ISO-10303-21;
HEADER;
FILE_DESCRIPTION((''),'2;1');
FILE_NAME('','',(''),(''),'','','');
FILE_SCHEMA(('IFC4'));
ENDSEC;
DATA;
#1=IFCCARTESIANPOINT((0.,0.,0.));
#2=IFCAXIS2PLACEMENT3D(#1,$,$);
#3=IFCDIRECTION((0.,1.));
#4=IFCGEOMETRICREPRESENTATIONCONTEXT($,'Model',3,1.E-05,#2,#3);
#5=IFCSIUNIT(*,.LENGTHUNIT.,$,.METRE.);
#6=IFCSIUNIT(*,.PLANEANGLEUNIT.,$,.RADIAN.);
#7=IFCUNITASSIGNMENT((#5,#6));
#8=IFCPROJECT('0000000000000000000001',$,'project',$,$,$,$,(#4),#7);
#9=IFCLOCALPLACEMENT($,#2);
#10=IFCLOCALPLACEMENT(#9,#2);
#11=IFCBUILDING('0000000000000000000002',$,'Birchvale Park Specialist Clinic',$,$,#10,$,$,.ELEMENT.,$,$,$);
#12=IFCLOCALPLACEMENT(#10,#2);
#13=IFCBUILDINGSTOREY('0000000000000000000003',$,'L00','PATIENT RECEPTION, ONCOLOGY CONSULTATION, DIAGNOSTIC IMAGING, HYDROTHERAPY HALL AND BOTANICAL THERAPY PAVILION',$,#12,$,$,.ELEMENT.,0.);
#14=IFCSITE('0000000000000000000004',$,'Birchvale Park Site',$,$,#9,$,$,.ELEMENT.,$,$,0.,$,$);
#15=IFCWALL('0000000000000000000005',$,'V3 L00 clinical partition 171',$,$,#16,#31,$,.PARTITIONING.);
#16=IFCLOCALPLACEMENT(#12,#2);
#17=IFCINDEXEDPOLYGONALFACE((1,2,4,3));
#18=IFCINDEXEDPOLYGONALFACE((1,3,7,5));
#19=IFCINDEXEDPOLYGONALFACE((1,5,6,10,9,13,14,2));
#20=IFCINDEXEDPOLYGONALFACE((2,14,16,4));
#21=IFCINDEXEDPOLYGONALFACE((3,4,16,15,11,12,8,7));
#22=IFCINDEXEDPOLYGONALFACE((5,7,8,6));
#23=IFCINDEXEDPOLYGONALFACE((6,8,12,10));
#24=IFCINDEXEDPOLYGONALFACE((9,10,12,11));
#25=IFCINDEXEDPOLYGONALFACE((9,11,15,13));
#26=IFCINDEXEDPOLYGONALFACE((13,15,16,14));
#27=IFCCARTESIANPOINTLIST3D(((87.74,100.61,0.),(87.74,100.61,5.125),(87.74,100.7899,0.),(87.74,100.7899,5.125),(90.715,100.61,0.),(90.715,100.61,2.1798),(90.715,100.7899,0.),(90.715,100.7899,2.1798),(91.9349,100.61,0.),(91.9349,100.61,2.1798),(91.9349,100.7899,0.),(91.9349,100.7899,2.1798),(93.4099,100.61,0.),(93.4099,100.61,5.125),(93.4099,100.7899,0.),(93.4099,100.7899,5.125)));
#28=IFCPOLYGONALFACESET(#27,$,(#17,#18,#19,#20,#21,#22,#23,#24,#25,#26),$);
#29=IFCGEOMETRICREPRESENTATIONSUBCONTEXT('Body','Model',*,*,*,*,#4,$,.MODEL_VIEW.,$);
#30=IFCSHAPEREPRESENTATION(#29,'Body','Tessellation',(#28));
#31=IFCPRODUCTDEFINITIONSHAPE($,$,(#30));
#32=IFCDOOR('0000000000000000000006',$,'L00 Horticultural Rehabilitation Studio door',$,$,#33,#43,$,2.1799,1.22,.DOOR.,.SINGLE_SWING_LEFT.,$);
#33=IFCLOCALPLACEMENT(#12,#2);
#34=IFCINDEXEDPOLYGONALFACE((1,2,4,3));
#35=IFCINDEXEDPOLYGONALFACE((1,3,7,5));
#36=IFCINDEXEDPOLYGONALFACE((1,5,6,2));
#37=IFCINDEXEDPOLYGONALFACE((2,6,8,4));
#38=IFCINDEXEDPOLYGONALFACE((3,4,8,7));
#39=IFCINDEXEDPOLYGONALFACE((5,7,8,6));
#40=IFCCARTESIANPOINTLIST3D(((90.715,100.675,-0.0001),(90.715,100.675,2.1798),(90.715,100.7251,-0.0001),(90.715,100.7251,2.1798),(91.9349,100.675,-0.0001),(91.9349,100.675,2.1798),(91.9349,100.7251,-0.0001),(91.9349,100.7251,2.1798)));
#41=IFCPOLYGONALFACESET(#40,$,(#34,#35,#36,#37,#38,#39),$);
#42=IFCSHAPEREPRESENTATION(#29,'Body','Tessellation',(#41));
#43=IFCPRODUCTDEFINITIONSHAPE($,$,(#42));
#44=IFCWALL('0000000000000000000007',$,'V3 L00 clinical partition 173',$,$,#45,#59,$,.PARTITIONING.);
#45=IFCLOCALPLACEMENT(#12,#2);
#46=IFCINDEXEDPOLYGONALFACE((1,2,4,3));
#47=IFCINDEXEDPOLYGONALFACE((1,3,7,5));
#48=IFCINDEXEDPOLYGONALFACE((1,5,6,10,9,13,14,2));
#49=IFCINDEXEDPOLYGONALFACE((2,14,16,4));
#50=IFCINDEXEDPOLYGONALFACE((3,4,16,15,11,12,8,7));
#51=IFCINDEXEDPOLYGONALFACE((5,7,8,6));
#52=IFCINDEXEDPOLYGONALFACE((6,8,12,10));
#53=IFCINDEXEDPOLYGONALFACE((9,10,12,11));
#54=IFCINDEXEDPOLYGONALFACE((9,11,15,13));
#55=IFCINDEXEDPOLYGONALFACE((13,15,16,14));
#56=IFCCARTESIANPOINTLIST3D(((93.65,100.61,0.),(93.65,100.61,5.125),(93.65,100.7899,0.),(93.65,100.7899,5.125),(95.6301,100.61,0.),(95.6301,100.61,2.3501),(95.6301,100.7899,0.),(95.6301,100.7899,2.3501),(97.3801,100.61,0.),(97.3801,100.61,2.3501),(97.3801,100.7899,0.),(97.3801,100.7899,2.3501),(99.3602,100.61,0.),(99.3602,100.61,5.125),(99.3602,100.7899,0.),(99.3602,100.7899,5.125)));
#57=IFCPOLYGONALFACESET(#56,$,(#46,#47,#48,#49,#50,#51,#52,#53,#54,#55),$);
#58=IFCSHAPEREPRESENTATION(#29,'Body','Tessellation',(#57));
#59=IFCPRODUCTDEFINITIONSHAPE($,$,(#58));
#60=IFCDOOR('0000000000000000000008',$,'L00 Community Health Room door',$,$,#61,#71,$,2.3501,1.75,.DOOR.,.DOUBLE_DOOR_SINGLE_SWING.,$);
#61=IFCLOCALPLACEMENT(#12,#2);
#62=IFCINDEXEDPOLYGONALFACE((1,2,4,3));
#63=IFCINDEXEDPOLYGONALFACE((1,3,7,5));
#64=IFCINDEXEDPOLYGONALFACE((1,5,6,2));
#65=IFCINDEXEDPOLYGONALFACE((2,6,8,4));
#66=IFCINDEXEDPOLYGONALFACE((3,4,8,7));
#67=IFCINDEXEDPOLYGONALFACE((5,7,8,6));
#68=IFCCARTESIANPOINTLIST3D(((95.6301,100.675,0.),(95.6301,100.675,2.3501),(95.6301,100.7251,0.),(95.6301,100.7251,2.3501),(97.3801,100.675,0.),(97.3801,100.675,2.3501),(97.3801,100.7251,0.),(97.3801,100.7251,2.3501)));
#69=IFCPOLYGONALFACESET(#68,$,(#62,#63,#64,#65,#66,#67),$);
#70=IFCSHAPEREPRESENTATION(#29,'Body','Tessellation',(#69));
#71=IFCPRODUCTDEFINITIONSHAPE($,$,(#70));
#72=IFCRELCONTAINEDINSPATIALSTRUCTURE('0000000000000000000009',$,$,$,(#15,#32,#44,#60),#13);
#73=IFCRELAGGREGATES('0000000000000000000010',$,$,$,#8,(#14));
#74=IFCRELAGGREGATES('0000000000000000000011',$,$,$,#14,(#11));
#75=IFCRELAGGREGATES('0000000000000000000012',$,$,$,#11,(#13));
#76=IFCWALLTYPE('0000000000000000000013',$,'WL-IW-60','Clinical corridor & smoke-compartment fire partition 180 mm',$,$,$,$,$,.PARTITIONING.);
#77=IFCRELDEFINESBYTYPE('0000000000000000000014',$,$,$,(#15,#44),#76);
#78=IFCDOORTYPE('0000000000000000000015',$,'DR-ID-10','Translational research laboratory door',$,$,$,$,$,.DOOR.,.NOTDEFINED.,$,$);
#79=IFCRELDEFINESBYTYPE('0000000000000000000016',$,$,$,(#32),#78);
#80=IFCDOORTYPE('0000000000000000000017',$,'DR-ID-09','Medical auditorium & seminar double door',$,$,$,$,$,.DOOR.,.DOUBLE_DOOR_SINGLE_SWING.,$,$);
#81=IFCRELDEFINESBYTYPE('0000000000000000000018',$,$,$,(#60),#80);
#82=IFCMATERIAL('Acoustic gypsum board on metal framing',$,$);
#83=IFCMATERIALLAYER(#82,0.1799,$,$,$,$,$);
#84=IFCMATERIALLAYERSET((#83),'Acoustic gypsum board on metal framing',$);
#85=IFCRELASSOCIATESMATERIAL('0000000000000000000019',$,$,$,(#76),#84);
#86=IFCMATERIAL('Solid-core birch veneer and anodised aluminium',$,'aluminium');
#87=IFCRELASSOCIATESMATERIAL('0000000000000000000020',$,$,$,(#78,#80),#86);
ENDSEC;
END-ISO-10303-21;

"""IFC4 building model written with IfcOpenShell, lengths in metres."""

from ifc_helpers import new_model, si_unit, direction, frame, frame_2d, origin, place, context, subcontext, project, spatial, rectangle, extrude, material, layer, layer_set, type_object, element, fill, save


model = new_model("IFC4")

# Units and contexts
model_context = context("Model", 3, precision=1e-05, world=origin(), true_north=direction((0.0, 1.0)))
body_context = subcontext(model_context, "Body", "Model", "MODEL_VIEW")
ifc_project = project(units=[si_unit("LENGTHUNIT", "METRE"), si_unit("PLANEANGLEUNIT", "RADIAN")], contexts=[model_context])

# Site, building, storey
site_placement = place(None, origin())
site = spatial("IfcSite", under=ifc_project, at=site_placement, Name="Birchvale Park Site", CompositionType="ELEMENT", RefElevation=0.0)
building_placement = place(site_placement, origin())
building = spatial("IfcBuilding", under=site, at=building_placement, Name="Birchvale Park Specialist Clinic", CompositionType="ELEMENT")
storey_placement = place(building_placement, origin())
storey = spatial("IfcBuildingStorey", under=building, at=storey_placement, Name="L00", Description="PATIENT RECEPTION, ONCOLOGY CONSULTATION, DIAGNOSTIC IMAGING, HYDROTHERAPY HALL AND BOTANICAL THERAPY PAVILION", CompositionType="ELEMENT", Elevation=0.0)

# Shared definitions
ifc_material_1 = material(Name="Acoustic gypsum board on metal framing")

# Walls, openings, doors
ifc_layer_1 = layer(ifc_material_1, 0.1799)
ifc_layer_set_1 = layer_set([ifc_layer_1], Name="Acoustic gypsum board on metal framing")
wall_type_1 = type_object("IfcWallType", Name="WL-IW-60", Description="Clinical corridor & smoke-compartment fire partition 180 mm", PredefinedType="PARTITIONING", material=ifc_layer_set_1)
ifc_material_2 = material(Name="Solid-core birch veneer and anodised aluminium", Category="aluminium")
wall_1_placement = place(storey_placement, frame((93.4099, 100.7, 0.0), z_axis=(0.0, 0.0, 1.0), x_axis=(-1.0, 0.0, 0.0)))
wall_1 = element("IfcWall", 1, at=wall_1_placement, inside=storey, type_object=wall_type_1, Name="V3 L00 clinical partition 171", PredefinedType="PARTITIONING", context=body_context, shape_type="SweptSolid", body=[
    extrude(rectangle(XDim=5.6699, YDim=0.1799, at=frame_2d((2.835, 0.0))), origin(), (0.0, 0.0, 1.0), 5.125),
])
opening_1_placement = place(wall_1_placement, frame((1.4751, 0.0, 0.0)))
opening_1 = element("IfcOpeningElement", 2, at=opening_1_placement, cuts=wall_1, PredefinedType="OPENING", context=body_context, shape_type="SweptSolid", body=[
    extrude(rectangle(XDim=1.22, YDim=2.1799, at=frame_2d((0.6099, 1.0898))), frame((0.0, 0.1001, 0.0), z_axis=(0.0, -1.0, 0.0), x_axis=(1.0, 0.0, 0.0)), (0.0, 0.0, 1.0), 0.2),
])
door_type_1 = type_object("IfcDoorType", Name="DR-ID-10", Description="Translational research laboratory door", OperationType="NOTDEFINED", PredefinedType="DOOR", material=ifc_material_2)
door_1_placement = place(opening_1_placement, origin())
door_1 = element("IfcDoor", 3, at=door_1_placement, inside=storey, type_object=door_type_1, Name="L00 Horticultural Rehabilitation Studio door", OperationType="SINGLE_SWING_LEFT", OverallHeight=2.1799, OverallWidth=1.22, PredefinedType="DOOR", context=body_context, shape_type="SweptSolid", body=[
    extrude(rectangle(XDim=1.22, YDim=2.1799, at=frame_2d((0.6099, 1.0898))), frame((0.0, 0.0249, 0.0), z_axis=(0.0, -1.0, 0.0), x_axis=(1.0, 0.0, 0.0)), (0.0, 0.0, 1.0), 0.05),
])
fill(opening_1, door_1)
wall_2_placement = place(storey_placement, frame((99.3601, 100.7, 0.0), z_axis=(0.0, 0.0, 1.0), x_axis=(-1.0, 0.0, 0.0)))
wall_2 = element("IfcWall", 4, at=wall_2_placement, inside=storey, type_object=wall_type_1, Name="V3 L00 clinical partition 173", PredefinedType="PARTITIONING", context=body_context, shape_type="SweptSolid", body=[
    extrude(rectangle(XDim=5.7102, YDim=0.1799, at=frame_2d((2.855, 0.0))), origin(), (0.0, 0.0, 1.0), 5.125),
])
opening_2_placement = place(wall_2_placement, frame((1.98, 0.0, 0.0)))
opening_2 = element("IfcOpeningElement", 5, at=opening_2_placement, cuts=wall_2, PredefinedType="OPENING", context=body_context, shape_type="SweptSolid", body=[
    extrude(rectangle(XDim=1.75, YDim=2.3501, at=frame_2d((0.875, 1.175))), frame((0.0, 0.1001, 0.0), z_axis=(0.0, -1.0, 0.0), x_axis=(1.0, 0.0, 0.0)), (0.0, 0.0, 1.0), 0.2),
])
door_type_2 = type_object("IfcDoorType", Name="DR-ID-09", Description="Medical auditorium & seminar double door", OperationType="DOUBLE_DOOR_SINGLE_SWING", PredefinedType="DOOR", material=ifc_material_2)
door_2_placement = place(opening_2_placement, origin())
door_2 = element("IfcDoor", 6, at=door_2_placement, inside=storey, type_object=door_type_2, Name="L00 Community Health Room door", OperationType="DOUBLE_DOOR_SINGLE_SWING", OverallHeight=2.3501, OverallWidth=1.75, PredefinedType="DOOR", context=body_context, shape_type="SweptSolid", body=[
    extrude(rectangle(XDim=1.75, YDim=2.3501, at=frame_2d((0.875, 1.175))), frame((0.0, 0.0249, 0.0), z_axis=(0.0, -1.0, 0.0), x_axis=(1.0, 0.0, 0.0)), (0.0, 0.0, 1.0), 0.05),
])
fill(opening_2, door_2)

save(model, "model.ifc")
